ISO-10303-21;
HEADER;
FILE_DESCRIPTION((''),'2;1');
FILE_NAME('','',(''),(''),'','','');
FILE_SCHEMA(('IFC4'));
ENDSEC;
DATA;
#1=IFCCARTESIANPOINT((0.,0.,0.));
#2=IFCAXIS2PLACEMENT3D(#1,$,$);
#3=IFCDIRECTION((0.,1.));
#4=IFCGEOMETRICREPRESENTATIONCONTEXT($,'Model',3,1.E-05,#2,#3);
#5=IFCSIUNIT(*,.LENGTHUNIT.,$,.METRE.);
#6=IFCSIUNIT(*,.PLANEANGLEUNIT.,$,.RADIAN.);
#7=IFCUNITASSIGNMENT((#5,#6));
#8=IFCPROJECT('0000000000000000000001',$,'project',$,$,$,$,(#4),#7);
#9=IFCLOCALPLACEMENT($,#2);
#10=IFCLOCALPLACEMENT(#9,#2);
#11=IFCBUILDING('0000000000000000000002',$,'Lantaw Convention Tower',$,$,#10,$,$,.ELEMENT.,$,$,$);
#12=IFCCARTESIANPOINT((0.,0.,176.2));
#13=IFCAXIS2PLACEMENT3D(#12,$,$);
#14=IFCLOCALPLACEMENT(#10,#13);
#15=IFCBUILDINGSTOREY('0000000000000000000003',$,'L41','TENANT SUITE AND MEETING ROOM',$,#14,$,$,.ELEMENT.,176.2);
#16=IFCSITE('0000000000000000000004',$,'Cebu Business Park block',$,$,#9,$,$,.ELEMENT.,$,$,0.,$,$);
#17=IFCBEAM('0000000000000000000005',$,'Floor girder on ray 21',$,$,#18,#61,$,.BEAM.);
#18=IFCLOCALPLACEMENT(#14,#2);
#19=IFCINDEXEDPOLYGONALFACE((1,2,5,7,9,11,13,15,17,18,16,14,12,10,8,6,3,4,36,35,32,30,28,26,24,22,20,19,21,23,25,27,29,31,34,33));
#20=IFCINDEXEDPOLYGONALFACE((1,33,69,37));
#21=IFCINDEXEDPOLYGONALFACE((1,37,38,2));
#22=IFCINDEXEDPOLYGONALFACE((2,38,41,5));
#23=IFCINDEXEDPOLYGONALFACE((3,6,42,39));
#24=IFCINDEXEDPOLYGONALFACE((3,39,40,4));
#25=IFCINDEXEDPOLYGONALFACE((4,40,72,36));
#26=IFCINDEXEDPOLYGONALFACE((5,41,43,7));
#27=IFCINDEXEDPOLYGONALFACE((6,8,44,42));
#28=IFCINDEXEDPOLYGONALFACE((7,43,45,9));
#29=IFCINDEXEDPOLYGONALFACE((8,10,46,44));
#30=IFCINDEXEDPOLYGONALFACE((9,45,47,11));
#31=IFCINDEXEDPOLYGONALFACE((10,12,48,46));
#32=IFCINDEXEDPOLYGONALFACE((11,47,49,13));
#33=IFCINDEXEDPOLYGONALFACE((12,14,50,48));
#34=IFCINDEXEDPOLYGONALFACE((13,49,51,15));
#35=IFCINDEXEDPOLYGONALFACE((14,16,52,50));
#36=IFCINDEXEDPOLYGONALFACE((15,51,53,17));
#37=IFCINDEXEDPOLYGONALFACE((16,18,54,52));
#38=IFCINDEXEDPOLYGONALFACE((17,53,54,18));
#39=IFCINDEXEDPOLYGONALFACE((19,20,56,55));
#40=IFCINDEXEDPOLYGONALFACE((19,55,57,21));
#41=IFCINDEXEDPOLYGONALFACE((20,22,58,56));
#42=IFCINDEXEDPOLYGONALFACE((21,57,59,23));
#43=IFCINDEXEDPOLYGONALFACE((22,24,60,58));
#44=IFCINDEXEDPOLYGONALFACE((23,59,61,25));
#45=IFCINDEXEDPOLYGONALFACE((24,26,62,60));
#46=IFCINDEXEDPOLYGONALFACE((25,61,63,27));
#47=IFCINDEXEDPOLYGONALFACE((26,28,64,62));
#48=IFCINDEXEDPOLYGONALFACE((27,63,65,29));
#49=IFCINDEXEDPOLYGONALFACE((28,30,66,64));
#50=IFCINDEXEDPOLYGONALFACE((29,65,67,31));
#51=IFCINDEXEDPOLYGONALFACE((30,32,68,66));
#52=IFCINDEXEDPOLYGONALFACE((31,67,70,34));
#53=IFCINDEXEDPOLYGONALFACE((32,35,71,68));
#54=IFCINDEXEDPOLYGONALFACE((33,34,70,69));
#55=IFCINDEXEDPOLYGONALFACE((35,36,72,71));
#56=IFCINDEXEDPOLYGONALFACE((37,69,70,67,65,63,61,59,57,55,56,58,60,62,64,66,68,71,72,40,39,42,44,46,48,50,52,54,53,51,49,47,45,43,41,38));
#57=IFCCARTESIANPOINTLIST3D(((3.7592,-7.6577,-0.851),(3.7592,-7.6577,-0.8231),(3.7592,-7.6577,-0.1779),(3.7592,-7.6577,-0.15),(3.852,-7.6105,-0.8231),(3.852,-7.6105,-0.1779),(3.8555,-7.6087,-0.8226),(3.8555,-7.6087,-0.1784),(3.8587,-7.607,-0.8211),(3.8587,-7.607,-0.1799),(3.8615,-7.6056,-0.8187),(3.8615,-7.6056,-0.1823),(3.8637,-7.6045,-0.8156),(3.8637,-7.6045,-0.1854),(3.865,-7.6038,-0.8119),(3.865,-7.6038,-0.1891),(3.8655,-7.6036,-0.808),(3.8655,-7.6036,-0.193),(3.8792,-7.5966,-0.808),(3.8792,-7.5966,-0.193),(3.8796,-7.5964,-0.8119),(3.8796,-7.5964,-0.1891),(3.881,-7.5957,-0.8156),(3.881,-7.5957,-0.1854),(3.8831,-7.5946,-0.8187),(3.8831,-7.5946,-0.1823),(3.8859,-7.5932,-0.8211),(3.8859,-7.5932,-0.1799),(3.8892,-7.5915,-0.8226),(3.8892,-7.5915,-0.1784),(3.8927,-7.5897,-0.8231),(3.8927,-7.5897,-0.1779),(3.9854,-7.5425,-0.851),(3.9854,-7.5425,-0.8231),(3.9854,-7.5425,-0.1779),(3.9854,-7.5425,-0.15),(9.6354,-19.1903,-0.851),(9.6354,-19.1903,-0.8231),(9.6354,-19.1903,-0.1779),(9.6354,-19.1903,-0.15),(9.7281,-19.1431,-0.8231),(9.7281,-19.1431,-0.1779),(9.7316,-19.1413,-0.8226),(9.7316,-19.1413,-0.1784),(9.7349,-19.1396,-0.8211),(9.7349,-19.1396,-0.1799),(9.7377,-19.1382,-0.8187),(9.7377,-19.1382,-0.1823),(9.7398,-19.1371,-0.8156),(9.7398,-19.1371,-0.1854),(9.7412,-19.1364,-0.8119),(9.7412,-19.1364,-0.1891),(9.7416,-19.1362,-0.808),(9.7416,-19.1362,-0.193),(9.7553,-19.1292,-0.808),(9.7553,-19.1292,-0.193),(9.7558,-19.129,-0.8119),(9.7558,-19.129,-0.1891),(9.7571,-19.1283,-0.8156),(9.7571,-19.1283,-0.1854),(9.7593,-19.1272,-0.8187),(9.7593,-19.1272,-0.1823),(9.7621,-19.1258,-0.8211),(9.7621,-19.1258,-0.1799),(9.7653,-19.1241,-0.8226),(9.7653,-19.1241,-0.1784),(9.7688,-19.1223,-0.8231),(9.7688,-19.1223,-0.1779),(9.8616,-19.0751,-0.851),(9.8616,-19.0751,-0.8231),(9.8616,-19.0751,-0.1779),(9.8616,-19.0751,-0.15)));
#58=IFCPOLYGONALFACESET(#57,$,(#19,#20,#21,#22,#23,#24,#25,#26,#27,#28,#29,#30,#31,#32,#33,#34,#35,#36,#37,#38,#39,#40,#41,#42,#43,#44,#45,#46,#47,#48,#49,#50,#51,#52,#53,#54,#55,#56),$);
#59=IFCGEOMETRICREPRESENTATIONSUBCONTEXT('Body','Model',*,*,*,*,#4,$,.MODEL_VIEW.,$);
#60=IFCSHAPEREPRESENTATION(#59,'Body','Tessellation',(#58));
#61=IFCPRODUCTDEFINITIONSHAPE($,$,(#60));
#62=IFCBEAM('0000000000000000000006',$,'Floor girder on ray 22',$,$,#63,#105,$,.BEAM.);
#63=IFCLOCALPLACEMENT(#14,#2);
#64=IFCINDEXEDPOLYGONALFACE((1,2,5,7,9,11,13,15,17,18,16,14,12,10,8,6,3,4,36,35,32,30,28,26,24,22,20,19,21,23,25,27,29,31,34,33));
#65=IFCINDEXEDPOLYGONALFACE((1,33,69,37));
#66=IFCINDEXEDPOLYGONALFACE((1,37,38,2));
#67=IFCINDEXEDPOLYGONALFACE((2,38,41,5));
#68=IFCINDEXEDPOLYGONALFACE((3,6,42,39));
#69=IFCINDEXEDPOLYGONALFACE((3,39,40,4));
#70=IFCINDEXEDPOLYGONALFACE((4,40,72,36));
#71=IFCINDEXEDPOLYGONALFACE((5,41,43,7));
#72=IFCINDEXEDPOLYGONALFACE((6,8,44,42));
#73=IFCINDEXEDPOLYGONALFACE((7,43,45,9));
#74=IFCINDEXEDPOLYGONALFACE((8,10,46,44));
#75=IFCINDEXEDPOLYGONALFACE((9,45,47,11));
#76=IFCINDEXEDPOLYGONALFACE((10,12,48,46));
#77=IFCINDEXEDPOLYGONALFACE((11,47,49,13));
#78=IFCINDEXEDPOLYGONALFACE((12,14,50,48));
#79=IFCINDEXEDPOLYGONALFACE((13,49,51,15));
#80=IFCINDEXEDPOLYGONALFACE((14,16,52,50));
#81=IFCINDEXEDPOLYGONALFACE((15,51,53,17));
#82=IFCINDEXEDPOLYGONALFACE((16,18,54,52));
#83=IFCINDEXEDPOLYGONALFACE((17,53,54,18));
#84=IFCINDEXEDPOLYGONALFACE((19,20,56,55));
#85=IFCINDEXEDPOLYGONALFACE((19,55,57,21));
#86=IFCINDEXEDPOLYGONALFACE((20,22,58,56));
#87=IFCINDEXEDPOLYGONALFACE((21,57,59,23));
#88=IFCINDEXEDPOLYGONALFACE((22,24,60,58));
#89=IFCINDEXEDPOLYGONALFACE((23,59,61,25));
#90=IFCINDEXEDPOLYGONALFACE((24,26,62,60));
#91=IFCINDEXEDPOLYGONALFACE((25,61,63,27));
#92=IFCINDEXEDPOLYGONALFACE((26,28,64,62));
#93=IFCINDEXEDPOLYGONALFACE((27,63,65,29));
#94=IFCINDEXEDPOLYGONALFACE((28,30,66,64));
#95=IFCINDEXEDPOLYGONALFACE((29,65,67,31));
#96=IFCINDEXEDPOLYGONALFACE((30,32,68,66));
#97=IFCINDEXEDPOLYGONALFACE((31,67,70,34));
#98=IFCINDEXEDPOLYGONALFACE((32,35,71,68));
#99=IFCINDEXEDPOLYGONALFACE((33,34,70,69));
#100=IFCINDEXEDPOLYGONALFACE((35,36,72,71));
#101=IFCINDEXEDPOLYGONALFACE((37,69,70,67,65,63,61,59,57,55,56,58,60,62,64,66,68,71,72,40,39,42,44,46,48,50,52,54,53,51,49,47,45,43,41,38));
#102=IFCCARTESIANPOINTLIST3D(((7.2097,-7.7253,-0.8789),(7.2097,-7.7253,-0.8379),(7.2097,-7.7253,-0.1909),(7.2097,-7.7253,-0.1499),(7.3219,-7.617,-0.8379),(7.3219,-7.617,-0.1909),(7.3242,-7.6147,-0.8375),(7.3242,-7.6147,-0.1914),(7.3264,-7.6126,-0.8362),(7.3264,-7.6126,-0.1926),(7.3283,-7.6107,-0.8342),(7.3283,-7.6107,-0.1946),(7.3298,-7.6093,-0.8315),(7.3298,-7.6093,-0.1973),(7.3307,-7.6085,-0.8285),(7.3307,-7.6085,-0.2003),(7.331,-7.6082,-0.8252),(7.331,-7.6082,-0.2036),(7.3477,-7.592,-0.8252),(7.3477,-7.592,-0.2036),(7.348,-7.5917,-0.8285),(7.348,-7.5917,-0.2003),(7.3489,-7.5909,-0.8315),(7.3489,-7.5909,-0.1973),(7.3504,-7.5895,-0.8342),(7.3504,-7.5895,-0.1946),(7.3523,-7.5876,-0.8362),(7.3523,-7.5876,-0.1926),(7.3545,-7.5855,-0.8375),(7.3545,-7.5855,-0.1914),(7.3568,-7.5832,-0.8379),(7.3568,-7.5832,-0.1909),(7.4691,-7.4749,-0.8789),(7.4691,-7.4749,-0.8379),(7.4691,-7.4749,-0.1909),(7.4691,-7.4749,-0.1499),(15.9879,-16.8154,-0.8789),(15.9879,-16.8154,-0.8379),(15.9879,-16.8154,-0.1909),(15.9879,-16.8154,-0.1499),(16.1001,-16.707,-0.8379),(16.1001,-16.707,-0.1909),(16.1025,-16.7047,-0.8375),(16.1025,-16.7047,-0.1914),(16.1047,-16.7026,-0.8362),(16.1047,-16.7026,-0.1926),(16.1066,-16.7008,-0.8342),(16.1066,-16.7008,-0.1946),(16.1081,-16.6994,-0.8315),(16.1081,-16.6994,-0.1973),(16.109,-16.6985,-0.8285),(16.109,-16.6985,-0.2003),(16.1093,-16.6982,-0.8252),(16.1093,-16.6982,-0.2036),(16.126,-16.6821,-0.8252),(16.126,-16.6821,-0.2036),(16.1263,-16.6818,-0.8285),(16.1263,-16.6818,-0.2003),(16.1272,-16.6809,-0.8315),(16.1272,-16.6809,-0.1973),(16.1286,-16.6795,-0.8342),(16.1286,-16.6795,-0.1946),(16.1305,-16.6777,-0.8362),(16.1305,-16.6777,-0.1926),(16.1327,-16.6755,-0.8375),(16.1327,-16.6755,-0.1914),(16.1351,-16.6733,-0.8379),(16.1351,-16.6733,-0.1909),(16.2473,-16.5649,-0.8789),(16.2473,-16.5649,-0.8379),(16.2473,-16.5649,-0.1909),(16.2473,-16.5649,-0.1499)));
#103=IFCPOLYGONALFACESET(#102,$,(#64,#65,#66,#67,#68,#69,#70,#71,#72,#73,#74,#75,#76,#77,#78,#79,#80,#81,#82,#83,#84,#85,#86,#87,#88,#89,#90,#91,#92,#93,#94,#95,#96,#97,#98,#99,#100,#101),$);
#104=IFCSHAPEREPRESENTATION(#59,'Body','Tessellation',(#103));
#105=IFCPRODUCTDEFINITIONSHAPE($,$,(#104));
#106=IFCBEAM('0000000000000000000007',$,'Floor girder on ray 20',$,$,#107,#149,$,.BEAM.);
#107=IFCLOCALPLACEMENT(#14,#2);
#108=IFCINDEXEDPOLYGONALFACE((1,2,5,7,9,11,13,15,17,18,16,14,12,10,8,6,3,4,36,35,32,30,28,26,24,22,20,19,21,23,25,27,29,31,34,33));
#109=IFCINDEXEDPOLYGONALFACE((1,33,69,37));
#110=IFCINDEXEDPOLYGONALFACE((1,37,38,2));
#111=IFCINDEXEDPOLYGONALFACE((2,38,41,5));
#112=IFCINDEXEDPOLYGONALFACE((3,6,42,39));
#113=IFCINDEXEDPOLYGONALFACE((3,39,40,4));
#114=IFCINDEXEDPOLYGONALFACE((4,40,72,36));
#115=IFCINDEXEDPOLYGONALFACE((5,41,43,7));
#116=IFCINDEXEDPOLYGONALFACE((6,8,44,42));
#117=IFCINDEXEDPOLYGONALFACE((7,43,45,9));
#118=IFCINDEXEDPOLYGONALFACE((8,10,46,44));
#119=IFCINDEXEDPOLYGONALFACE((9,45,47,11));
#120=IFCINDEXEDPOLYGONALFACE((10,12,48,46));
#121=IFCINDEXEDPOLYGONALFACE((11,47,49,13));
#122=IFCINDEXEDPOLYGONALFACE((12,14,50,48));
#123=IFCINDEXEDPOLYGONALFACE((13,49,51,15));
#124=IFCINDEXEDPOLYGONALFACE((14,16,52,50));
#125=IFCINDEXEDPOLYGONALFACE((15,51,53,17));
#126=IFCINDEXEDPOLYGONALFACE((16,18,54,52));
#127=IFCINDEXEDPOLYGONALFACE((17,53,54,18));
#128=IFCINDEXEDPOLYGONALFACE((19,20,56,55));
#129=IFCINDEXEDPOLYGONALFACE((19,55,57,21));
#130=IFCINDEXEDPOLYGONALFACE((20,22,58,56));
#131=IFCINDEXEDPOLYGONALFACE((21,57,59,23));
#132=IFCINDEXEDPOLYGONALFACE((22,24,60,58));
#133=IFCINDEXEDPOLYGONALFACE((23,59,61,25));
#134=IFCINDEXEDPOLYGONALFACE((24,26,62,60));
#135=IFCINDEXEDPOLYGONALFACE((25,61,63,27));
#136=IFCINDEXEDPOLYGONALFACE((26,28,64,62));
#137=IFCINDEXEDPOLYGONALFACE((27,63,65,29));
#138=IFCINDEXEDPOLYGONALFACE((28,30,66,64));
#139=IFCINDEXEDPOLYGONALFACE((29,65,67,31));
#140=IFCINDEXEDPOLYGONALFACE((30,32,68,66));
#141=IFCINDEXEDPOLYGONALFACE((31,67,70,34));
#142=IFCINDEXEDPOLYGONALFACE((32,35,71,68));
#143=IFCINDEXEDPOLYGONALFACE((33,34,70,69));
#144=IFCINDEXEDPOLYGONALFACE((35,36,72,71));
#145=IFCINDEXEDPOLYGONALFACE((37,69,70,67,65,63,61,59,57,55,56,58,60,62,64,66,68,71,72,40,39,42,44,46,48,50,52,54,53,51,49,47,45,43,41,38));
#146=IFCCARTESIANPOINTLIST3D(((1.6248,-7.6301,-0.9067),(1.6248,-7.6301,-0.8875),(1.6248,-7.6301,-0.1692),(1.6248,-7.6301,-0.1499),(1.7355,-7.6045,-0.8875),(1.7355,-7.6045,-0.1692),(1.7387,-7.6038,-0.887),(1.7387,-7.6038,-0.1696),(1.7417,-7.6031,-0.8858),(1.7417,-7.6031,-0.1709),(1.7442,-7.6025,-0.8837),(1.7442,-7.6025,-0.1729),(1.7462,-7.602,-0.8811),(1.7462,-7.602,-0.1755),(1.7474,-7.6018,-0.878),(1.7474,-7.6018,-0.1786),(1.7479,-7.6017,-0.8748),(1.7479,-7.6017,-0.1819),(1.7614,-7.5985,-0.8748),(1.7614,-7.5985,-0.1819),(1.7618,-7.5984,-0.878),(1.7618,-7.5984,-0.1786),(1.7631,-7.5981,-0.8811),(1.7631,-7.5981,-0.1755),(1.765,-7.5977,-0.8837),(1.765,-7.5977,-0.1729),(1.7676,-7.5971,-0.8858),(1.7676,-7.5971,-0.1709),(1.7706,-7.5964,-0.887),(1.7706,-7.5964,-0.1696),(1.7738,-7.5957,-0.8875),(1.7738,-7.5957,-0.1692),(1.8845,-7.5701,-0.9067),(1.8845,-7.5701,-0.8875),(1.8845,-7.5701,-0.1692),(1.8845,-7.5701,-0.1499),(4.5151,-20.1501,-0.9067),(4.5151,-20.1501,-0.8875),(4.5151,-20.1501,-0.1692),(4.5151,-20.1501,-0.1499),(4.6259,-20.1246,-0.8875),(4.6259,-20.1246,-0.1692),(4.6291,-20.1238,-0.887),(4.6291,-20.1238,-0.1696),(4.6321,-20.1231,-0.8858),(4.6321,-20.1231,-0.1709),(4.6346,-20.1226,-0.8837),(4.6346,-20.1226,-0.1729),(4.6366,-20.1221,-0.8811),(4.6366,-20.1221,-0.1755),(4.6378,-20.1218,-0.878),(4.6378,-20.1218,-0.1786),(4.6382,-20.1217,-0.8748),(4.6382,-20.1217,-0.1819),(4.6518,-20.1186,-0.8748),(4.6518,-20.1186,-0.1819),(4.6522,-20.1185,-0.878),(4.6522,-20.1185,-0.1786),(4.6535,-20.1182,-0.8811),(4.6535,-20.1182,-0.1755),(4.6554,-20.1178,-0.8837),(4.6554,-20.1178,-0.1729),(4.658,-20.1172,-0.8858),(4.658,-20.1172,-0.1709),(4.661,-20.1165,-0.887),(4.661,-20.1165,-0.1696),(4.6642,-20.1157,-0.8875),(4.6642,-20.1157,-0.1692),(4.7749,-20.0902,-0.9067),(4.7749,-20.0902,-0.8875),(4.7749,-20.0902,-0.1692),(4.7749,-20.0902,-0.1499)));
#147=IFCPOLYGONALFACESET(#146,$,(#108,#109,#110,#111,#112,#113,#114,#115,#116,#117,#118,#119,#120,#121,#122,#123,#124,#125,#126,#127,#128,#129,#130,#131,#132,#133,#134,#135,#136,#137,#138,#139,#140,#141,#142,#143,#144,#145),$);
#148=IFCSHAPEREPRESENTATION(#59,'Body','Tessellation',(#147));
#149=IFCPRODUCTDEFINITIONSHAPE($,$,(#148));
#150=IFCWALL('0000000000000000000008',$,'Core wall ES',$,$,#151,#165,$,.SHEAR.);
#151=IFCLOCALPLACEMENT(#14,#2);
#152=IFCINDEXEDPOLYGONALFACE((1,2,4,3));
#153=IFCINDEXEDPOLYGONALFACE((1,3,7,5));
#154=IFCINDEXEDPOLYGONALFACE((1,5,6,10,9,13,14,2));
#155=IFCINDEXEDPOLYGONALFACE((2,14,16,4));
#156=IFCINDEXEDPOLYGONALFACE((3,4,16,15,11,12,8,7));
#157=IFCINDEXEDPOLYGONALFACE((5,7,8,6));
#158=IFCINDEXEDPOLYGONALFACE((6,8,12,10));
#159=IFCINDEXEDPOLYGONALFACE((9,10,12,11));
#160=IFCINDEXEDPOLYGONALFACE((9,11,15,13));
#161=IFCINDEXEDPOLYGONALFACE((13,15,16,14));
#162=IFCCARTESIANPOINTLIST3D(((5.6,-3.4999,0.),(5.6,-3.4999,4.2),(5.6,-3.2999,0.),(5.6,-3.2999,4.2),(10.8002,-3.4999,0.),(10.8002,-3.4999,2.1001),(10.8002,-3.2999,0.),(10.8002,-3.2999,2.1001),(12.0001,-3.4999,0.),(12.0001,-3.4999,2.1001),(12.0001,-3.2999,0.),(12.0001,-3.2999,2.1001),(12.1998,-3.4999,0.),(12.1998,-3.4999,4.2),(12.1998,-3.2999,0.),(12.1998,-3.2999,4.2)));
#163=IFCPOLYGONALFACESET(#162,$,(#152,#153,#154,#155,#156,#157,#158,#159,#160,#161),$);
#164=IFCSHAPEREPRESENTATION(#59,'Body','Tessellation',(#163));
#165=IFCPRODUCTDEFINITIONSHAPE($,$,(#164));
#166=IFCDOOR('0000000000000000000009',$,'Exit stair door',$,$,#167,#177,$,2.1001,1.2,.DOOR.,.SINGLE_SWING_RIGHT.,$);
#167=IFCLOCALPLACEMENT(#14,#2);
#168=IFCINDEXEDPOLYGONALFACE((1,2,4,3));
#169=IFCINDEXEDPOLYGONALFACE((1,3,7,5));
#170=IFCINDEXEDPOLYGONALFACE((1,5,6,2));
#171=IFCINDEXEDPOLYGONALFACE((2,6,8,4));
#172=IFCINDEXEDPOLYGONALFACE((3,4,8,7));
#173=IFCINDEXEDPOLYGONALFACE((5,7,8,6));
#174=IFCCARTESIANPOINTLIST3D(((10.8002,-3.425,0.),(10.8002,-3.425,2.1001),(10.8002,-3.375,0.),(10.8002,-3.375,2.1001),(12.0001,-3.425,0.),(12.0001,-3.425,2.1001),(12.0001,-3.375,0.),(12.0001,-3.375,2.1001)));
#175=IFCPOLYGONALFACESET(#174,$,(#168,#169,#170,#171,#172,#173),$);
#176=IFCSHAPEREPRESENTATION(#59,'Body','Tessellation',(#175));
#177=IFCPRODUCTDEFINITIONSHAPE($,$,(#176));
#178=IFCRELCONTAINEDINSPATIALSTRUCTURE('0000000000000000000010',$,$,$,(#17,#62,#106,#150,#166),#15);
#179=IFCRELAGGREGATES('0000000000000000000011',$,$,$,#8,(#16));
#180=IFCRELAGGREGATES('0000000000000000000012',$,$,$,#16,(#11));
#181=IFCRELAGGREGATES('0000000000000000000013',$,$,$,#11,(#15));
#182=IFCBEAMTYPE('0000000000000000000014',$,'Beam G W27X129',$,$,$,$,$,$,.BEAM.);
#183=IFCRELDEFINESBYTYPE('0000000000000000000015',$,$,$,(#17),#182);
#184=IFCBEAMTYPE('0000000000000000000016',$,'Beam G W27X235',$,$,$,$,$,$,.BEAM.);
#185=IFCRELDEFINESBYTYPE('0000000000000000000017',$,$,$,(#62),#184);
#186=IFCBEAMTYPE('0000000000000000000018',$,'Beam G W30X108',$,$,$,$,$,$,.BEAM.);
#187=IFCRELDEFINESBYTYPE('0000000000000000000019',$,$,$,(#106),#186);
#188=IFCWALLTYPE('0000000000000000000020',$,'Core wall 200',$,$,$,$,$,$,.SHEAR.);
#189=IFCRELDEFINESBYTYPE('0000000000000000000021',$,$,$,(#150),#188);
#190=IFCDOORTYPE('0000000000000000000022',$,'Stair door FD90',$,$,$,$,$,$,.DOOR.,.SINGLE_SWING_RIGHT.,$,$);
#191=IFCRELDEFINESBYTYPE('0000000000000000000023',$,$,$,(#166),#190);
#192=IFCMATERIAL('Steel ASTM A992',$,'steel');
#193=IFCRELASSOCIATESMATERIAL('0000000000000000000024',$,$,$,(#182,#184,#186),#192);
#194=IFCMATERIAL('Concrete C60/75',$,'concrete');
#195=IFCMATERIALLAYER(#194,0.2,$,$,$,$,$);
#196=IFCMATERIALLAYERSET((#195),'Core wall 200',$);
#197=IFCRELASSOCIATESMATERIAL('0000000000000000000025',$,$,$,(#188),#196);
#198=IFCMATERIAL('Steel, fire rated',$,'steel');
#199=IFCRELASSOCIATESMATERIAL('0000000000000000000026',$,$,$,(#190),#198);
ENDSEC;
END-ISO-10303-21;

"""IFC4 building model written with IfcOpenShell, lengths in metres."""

from ifc_helpers import new_model, si_unit, direction, frame, frame_2d, origin, origin_2d, place, context, subcontext, project, spatial, rectangle, i_section, extrude, material, layer, layer_set, material_profile, profile_set, type_object, element, fill, save


model = new_model("IFC4")

# Units and contexts
model_context = context("Model", 3, precision=1e-05, world=origin(), true_north=direction((0.0, 1.0)))
body_context = subcontext(model_context, "Body", "Model", "MODEL_VIEW")
ifc_project = project(units=[si_unit("LENGTHUNIT", "METRE"), si_unit("PLANEANGLEUNIT", "RADIAN")], contexts=[model_context])

# Site, building, storey
site_placement = place(None, origin())
site = spatial("IfcSite", under=ifc_project, at=site_placement, Name="Cebu Business Park block", CompositionType="ELEMENT", RefElevation=0.0)
building_placement = place(site_placement, origin())
building = spatial("IfcBuilding", under=site, at=building_placement, Name="Lantaw Convention Tower", CompositionType="ELEMENT")
storey_placement = place(building_placement, frame((0.0, 0.0, 176.2)))
storey = spatial("IfcBuildingStorey", under=building, at=storey_placement, Name="L41", Description="TENANT SUITE AND MEETING ROOM", CompositionType="ELEMENT", Elevation=176.2)

# Beams
ifc_material_1 = material(Name="Steel ASTM A992", Category="steel")
ifc_material_profile_1 = material_profile(ifc_material_1, i_section(OverallWidth=0.2539, OverallDepth=0.7009, WebThickness=0.0154, FlangeThickness=0.0278, FilletRadius=0.0151, at=origin_2d()), Name="W27X129")
ifc_profile_set_1 = profile_set([ifc_material_profile_1], Name="Steel ASTM A992")
beam_type_1 = type_object("IfcBeamType", Name="Beam G W27X129", PredefinedType="BEAM", material=ifc_profile_set_1)
beam_1_placement = place(storey_placement, frame((3.8723, -7.6001, -0.5005), z_axis=(0.453991, -0.891006, 0.0), x_axis=(0.891006, 0.453991, 0.0)))
element("IfcBeam", 1, at=beam_1_placement, inside=storey, type_object=beam_type_1, Name="Floor girder on ray 21", PredefinedType="BEAM", context=body_context, shape_type="SweptSolid", body=[
    extrude(i_section(OverallWidth=0.2539, OverallDepth=0.7009, WebThickness=0.0154, FlangeThickness=0.0278, FilletRadius=0.0151, at=origin_2d()), origin(), (0.0, 0.0, 1.0), 12.9434),
])
ifc_material_profile_2 = material_profile(ifc_material_1, i_section(OverallWidth=0.3606, OverallDepth=0.729, WebThickness=0.0232, FlangeThickness=0.041, FilletRadius=0.0127, at=origin_2d()), Name="W27X235")
ifc_profile_set_2 = profile_set([ifc_material_profile_2], Name="Steel ASTM A992")
beam_type_2 = type_object("IfcBeamType", Name="Beam G W27X235", PredefinedType="BEAM", material=ifc_profile_set_2)
beam_2_placement = place(storey_placement, frame((7.3394, -7.6001, -0.5144), z_axis=(0.694663, -0.719335, 0.0), x_axis=(0.719335, 0.694663, 0.0)))
element("IfcBeam", 2, at=beam_2_placement, inside=storey, type_object=beam_type_2, Name="Floor girder on ray 22", PredefinedType="BEAM", context=body_context, shape_type="SweptSolid", body=[
    extrude(i_section(OverallWidth=0.3606, OverallDepth=0.729, WebThickness=0.0232, FlangeThickness=0.041, FilletRadius=0.0127, at=origin_2d()), origin(), (0.0, 0.0, 1.0), 12.6367),
])
ifc_material_profile_3 = material_profile(ifc_material_1, i_section(OverallWidth=0.2666, OverallDepth=0.7568, WebThickness=0.0139, FlangeThickness=0.0193, FilletRadius=0.0127, at=origin_2d()), Name="W30X108")
ifc_profile_set_3 = profile_set([ifc_material_profile_3], Name="Steel ASTM A992")
beam_type_3 = type_object("IfcBeamType", Name="Beam G W30X108", PredefinedType="BEAM", material=ifc_profile_set_3)
beam_3_placement = place(storey_placement, frame((1.7546, -7.6001, -0.5283), z_axis=(0.224944, -0.974372, 0.0), x_axis=(0.974372, 0.224944, 0.0)))
element("IfcBeam", 3, at=beam_3_placement, inside=storey, type_object=beam_type_3, Name="Floor girder on ray 20", PredefinedType="BEAM", context=body_context, shape_type="SweptSolid", body=[
    extrude(i_section(OverallWidth=0.2666, OverallDepth=0.7568, WebThickness=0.0139, FlangeThickness=0.0193, FilletRadius=0.0127, at=origin_2d()), origin(), (0.0, 0.0, 1.0), 12.8494),
])

# Wall, opening, door
ifc_material_2 = material(Name="Concrete C60/75", Category="concrete")
ifc_layer_1 = layer(ifc_material_2, 0.2)
ifc_layer_set_1 = layer_set([ifc_layer_1], Name="Core wall 200")
wall_type_1 = type_object("IfcWallType", Name="Core wall 200", PredefinedType="SHEAR", material=ifc_layer_set_1)
wall_1_placement = place(storey_placement, frame((5.6001, -3.3999, 0.0), z_axis=(0.0, 0.0, 1.0), x_axis=(1.0, 0.0, 0.0)))
wall_1 = element("IfcWall", 4, at=wall_1_placement, inside=storey, type_object=wall_type_1, Name="Core wall ES", PredefinedType="SHEAR", context=body_context, shape_type="SweptSolid", body=[
    extrude(rectangle(XDim=6.5999, YDim=0.2, at=frame_2d((3.2998, 0.0))), origin(), (0.0, 0.0, 1.0), 4.2),
])
opening_1_placement = place(wall_1_placement, frame((5.2, 0.0, 0.0)))
opening_1 = element("IfcOpeningElement", 5, at=opening_1_placement, cuts=wall_1, PredefinedType="OPENING", context=body_context, shape_type="SweptSolid", body=[
    extrude(rectangle(XDim=1.2, YDim=2.1001, at=frame_2d((0.6001, 1.05))), frame((0.0, 0.1099, 0.0), z_axis=(0.0, -1.0, 0.0), x_axis=(1.0, 0.0, 0.0)), (0.0, 0.0, 1.0), 0.22),
])
ifc_material_3 = material(Name="Steel, fire rated", Category="steel")
door_type_1 = type_object("IfcDoorType", Name="Stair door FD90", OperationType="SINGLE_SWING_RIGHT", PredefinedType="DOOR", material=ifc_material_3)
door_1_placement = place(opening_1_placement, origin())
door_1 = element("IfcDoor", 6, at=door_1_placement, inside=storey, type_object=door_type_1, Name="Exit stair door", OperationType="SINGLE_SWING_RIGHT", OverallHeight=2.1001, OverallWidth=1.2, PredefinedType="DOOR", context=body_context, shape_type="SweptSolid", body=[
    extrude(rectangle(XDim=1.2, YDim=2.1001, at=frame_2d((0.6001, 1.05))), frame((0.0, 0.0249, 0.0), z_axis=(0.0, -1.0, 0.0), x_axis=(1.0, 0.0, 0.0)), (0.0, 0.0, 1.0), 0.05),
])
fill(opening_1, door_1)

save(model, "model.ifc")
